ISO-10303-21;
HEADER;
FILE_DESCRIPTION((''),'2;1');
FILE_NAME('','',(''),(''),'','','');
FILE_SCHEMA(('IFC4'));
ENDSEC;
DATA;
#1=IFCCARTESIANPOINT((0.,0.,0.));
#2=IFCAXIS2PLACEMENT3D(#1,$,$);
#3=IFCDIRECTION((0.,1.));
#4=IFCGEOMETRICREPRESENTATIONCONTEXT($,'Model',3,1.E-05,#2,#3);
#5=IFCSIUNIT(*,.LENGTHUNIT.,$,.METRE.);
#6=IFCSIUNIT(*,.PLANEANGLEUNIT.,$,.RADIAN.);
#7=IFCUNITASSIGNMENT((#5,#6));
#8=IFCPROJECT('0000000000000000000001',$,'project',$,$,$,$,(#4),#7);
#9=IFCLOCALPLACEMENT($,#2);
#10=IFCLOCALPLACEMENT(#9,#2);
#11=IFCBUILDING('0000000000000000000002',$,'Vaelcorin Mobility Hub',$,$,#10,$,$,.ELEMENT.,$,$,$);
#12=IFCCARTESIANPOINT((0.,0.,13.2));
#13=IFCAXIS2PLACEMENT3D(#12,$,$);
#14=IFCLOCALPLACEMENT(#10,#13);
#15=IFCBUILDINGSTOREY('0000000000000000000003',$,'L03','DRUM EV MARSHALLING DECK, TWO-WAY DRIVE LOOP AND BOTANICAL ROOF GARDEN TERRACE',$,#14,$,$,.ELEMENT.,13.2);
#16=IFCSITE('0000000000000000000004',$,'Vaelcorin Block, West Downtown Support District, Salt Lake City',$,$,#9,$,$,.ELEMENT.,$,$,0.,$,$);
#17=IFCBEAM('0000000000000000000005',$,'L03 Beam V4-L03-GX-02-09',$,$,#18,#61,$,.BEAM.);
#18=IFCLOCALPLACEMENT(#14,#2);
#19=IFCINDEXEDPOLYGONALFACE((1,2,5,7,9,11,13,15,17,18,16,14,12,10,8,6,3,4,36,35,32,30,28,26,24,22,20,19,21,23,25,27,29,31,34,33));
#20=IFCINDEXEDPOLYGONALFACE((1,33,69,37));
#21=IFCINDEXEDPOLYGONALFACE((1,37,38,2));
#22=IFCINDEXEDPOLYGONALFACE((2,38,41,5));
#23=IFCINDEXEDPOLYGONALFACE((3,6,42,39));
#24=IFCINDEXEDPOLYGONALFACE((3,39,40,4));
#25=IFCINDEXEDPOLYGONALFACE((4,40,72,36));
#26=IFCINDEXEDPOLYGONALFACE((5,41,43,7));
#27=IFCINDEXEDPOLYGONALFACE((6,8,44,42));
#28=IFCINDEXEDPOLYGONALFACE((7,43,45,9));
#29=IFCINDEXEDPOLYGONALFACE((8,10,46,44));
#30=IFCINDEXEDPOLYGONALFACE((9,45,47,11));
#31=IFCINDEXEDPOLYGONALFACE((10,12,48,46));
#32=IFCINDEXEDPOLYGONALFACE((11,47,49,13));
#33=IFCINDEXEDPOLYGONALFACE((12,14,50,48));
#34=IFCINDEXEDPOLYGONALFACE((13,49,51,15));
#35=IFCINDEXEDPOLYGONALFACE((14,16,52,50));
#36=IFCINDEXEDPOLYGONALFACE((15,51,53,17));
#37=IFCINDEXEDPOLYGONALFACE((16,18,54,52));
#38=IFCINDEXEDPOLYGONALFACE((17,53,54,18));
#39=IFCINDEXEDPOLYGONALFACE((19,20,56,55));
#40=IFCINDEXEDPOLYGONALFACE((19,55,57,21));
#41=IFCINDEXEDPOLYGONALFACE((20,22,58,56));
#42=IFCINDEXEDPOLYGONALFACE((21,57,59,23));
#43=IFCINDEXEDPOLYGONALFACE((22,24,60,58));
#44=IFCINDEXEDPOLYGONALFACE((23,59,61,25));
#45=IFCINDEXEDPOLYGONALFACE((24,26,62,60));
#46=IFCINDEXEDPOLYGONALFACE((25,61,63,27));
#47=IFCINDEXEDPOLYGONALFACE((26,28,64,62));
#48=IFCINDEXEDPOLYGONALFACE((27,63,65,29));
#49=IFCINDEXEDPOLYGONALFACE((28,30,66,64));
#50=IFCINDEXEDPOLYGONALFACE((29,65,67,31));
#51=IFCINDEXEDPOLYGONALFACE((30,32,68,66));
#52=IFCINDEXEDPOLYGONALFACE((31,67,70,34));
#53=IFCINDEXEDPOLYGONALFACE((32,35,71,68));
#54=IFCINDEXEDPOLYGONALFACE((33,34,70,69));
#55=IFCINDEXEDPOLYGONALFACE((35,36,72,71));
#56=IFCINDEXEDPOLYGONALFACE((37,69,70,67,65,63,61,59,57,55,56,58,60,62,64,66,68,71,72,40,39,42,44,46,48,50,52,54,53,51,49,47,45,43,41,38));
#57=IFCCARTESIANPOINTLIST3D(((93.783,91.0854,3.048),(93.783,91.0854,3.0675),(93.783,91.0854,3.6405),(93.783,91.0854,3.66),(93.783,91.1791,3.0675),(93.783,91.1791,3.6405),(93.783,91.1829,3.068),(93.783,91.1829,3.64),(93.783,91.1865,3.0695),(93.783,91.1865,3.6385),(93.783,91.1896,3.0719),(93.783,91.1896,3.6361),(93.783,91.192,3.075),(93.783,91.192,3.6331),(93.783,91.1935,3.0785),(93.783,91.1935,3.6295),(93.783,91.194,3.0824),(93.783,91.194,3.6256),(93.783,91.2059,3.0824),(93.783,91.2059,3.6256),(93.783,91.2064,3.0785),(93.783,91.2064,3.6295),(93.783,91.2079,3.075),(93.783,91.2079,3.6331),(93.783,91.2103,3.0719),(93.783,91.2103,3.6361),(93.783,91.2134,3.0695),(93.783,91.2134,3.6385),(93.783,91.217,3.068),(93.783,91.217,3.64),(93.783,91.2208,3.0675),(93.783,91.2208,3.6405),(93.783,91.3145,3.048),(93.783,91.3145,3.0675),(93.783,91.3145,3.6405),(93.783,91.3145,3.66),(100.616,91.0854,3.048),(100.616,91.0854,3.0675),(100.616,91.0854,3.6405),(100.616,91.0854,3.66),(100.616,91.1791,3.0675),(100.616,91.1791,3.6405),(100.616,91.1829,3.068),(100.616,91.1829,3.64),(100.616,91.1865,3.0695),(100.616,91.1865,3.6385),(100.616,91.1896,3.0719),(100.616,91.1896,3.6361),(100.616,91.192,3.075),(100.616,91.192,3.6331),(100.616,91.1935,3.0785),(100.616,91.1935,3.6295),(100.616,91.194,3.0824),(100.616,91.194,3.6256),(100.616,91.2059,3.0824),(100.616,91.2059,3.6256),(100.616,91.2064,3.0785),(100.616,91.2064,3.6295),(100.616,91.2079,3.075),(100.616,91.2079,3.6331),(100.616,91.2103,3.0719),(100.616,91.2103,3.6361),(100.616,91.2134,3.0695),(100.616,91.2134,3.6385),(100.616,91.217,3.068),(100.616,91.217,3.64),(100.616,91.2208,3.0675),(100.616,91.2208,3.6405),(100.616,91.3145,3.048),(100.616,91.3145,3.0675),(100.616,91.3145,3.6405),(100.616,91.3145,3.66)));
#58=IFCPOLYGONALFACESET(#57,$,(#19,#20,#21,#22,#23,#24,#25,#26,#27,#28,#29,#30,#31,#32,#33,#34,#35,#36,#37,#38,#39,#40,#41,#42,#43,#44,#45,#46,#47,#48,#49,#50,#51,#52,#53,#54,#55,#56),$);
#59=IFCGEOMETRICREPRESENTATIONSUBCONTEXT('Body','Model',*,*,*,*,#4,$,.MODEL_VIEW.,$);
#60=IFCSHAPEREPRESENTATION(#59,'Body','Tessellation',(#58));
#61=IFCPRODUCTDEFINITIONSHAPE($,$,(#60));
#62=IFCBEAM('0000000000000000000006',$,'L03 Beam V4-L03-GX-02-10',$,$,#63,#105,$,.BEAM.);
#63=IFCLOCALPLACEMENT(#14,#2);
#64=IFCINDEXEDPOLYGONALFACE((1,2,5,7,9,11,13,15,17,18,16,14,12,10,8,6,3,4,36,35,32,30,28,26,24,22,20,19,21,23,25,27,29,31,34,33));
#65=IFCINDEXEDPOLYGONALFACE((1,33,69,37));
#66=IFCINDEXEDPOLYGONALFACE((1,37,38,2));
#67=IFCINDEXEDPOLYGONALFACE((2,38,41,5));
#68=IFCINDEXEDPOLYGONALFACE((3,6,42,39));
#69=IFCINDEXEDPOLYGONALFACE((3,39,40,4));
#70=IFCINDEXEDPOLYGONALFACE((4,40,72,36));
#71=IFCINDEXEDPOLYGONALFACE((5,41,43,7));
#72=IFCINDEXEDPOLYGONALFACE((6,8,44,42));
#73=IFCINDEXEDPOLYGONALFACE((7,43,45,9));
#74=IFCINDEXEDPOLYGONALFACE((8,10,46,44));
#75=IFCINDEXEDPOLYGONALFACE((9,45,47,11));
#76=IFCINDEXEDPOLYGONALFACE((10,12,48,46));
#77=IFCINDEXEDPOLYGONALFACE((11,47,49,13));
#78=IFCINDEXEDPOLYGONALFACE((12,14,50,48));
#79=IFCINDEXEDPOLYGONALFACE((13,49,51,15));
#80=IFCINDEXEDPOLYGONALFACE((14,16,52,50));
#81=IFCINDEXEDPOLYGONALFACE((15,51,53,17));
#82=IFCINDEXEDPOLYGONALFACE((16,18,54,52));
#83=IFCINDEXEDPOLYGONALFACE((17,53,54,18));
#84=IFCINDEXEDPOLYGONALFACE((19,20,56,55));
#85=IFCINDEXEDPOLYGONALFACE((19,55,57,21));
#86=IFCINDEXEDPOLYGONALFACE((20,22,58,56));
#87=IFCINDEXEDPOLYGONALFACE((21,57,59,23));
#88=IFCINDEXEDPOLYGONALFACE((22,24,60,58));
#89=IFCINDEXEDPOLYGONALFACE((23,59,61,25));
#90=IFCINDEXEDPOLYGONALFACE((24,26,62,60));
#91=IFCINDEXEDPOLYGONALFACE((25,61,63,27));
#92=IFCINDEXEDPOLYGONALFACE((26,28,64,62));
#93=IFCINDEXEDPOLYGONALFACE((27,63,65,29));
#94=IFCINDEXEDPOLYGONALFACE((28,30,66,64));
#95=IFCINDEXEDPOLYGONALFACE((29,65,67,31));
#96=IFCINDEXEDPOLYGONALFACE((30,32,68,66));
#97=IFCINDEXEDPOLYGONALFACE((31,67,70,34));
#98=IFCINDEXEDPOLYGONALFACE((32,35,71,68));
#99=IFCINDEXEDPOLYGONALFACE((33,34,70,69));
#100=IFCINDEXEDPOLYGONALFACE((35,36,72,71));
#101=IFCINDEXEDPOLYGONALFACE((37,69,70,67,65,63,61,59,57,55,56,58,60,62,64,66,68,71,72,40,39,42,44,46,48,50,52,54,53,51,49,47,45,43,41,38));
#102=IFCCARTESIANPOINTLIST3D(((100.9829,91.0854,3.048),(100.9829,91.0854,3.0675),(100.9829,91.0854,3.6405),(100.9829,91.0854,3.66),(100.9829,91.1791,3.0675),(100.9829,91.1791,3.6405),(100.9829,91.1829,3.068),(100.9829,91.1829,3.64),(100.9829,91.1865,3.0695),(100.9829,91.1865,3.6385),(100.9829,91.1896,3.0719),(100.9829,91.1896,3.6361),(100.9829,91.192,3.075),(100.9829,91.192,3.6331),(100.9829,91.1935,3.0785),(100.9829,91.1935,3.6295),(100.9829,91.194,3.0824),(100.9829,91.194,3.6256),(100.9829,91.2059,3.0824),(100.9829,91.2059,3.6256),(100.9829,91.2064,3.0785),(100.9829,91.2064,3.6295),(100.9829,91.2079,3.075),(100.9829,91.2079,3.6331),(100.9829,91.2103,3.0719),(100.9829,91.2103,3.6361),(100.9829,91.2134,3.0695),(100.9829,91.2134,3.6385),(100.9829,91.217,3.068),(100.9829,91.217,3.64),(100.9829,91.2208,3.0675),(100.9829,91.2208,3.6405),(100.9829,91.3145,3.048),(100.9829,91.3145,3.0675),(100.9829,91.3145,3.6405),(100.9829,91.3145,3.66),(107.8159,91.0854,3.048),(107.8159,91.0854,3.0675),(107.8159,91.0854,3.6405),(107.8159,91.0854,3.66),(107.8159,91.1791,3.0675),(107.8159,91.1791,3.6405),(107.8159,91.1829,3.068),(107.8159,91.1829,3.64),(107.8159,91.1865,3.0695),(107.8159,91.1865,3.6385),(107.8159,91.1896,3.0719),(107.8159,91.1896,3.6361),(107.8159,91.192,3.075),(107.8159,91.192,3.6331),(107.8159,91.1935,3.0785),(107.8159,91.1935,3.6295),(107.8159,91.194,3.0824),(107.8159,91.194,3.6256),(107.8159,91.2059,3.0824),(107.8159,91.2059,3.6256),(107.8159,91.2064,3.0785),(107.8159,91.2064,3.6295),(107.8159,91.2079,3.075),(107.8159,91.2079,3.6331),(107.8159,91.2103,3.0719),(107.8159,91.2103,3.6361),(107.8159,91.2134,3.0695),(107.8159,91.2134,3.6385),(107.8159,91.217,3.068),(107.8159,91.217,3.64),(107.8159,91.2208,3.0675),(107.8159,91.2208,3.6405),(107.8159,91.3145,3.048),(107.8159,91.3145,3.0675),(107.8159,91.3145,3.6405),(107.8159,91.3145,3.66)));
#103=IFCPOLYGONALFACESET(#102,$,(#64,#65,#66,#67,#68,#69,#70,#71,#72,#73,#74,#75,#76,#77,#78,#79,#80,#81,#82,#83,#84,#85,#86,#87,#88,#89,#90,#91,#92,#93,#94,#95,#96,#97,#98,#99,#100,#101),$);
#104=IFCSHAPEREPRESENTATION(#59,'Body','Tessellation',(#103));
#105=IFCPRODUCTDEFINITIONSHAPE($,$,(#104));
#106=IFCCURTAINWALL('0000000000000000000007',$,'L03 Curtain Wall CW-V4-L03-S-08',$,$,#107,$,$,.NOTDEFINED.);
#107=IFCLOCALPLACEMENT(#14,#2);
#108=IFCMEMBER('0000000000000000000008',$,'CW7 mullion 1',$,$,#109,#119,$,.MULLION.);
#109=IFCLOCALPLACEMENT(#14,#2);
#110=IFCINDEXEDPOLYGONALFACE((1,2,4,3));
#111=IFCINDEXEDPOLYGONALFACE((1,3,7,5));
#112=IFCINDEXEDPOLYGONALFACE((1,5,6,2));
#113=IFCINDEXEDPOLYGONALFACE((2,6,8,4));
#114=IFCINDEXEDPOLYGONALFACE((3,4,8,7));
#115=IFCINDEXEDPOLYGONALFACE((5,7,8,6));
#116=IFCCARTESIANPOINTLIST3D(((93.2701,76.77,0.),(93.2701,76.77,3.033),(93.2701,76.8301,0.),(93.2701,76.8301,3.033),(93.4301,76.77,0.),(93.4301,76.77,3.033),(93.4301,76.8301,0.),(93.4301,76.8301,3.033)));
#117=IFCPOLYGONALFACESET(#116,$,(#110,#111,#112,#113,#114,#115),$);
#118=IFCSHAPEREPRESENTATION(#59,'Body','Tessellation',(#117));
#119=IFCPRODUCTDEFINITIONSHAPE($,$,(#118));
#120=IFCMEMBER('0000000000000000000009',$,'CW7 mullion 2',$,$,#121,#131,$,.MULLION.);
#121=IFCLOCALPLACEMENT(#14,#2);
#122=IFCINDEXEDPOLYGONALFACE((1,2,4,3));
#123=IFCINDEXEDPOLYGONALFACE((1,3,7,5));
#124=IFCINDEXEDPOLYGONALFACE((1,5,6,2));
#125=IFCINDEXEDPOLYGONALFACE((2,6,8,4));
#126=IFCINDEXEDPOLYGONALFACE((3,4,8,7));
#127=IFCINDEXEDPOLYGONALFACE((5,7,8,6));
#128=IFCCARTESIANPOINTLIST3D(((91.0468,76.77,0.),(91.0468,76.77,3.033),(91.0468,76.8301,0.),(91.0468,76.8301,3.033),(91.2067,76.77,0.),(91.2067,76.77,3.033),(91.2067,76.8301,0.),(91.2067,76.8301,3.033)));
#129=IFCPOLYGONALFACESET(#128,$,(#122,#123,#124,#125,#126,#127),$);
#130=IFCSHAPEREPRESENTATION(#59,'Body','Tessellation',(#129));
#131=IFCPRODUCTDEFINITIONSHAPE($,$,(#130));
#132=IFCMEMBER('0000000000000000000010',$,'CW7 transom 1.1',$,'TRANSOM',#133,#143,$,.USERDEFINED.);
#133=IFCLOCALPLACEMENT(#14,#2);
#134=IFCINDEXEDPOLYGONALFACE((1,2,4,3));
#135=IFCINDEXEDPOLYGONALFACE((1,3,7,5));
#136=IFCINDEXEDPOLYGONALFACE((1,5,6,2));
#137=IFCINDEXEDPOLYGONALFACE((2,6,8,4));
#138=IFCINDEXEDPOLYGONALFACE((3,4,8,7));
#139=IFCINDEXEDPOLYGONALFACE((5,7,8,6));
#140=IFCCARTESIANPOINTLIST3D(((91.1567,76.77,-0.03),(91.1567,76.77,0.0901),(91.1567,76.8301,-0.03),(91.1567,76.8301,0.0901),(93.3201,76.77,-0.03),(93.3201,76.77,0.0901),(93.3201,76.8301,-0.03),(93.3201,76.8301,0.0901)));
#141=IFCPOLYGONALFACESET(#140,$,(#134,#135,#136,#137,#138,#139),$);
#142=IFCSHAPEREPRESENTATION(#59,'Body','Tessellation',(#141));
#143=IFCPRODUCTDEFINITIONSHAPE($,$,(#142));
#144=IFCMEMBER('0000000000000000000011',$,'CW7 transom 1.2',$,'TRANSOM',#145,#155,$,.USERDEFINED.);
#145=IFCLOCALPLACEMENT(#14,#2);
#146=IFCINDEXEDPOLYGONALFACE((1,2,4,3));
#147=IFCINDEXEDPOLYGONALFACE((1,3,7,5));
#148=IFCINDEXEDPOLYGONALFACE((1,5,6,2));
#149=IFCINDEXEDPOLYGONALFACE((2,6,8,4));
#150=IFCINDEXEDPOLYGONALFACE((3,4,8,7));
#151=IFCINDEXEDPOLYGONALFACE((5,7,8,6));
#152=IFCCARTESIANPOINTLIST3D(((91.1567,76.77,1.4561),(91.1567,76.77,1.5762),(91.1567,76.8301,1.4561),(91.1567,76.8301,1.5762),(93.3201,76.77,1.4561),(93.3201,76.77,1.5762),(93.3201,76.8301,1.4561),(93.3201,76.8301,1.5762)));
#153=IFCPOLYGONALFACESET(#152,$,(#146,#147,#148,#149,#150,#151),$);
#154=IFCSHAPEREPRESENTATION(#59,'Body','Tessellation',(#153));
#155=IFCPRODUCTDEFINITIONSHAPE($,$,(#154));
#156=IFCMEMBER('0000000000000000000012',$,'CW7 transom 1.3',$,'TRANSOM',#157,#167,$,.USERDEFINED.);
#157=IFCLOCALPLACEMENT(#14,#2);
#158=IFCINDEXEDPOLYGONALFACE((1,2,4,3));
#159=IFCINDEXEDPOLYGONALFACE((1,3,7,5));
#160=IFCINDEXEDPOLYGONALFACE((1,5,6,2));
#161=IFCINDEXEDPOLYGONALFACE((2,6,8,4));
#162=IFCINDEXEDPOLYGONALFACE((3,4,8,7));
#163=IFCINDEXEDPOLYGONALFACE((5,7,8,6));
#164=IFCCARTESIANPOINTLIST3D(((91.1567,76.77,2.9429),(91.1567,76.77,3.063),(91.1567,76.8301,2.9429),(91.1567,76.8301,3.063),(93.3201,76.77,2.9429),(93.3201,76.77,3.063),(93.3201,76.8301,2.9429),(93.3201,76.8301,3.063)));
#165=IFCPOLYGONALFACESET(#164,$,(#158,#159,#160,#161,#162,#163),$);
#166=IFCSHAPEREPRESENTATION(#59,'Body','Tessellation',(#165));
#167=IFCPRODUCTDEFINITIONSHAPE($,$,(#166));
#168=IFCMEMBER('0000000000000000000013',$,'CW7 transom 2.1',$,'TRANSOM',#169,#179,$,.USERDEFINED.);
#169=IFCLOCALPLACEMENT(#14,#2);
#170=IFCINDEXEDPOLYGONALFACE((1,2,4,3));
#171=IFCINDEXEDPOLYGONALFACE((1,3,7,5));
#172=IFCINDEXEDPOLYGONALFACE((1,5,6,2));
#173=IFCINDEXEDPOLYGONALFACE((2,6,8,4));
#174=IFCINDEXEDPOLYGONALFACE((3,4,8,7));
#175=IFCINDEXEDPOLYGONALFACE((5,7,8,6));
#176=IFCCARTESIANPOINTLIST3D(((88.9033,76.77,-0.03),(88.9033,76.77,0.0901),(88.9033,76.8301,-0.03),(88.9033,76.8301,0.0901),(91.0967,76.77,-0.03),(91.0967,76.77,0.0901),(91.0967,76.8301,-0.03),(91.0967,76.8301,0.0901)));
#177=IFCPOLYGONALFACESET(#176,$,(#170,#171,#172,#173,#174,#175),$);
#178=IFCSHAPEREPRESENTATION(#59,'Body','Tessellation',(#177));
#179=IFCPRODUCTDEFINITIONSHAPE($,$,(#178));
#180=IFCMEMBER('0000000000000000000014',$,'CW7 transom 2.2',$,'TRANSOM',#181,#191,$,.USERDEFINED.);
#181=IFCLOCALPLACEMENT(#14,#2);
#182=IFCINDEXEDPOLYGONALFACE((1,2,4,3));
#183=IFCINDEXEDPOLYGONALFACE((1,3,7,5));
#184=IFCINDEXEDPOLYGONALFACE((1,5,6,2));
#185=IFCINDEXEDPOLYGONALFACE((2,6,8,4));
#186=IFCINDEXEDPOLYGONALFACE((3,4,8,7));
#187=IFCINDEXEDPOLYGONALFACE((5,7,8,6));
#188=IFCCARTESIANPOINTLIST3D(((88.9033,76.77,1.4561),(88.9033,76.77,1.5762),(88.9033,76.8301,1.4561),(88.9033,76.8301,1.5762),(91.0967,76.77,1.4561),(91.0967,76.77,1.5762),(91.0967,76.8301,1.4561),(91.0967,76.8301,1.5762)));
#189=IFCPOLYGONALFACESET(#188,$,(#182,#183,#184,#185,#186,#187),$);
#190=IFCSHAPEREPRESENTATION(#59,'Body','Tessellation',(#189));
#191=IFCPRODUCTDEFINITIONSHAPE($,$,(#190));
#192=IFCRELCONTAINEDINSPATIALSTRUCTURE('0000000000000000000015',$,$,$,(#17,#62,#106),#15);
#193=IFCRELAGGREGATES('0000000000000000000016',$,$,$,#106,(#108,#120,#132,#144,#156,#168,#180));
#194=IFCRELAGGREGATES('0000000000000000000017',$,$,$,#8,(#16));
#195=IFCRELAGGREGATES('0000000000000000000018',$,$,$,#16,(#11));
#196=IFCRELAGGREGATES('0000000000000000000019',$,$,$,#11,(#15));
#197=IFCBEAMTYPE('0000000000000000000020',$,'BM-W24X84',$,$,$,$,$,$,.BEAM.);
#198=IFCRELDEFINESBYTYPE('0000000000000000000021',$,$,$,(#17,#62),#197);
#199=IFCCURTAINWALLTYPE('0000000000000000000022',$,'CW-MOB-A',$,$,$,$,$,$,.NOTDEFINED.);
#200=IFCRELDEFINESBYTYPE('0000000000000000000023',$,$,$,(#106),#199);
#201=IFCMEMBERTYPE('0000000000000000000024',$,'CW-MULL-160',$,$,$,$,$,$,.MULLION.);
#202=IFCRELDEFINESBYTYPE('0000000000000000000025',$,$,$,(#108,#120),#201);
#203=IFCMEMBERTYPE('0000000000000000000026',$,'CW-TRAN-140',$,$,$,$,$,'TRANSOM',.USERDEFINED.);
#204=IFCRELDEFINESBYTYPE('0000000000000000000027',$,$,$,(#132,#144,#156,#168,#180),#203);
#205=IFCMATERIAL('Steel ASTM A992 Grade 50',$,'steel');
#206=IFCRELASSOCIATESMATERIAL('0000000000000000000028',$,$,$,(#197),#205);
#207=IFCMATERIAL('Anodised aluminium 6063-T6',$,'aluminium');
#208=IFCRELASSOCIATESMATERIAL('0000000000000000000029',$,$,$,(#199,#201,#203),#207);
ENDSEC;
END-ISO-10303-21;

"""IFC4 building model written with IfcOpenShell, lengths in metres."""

from ifc_helpers import new_model, si_unit, direction, frame, origin, origin_2d, place, context, subcontext, project, spatial, rectangle, i_section, extrude, material, material_profile, profile_set, type_object, element, aggregate, save


model = new_model("IFC4")

# Units and contexts
model_context = context("Model", 3, precision=1e-05, world=origin(), true_north=direction((0.0, 1.0)))
body_context = subcontext(model_context, "Body", "Model", "MODEL_VIEW")
ifc_project = project(units=[si_unit("LENGTHUNIT", "METRE"), si_unit("PLANEANGLEUNIT", "RADIAN")], contexts=[model_context])

# Site, building, storey
site_placement = place(None, origin())
site = spatial("IfcSite", under=ifc_project, at=site_placement, Name="Vaelcorin Block, West Downtown Support District, Salt Lake City", CompositionType="ELEMENT", RefElevation=0.0)
building_placement = place(site_placement, origin())
building = spatial("IfcBuilding", under=site, at=building_placement, Name="Vaelcorin Mobility Hub", CompositionType="ELEMENT")
storey_placement = place(building_placement, frame((0.0, 0.0, 13.2)))
storey = spatial("IfcBuildingStorey", under=building, at=storey_placement, Name="L03", Description="DRUM EV MARSHALLING DECK, TWO-WAY DRIVE LOOP AND BOTANICAL ROOF GARDEN TERRACE", CompositionType="ELEMENT", Elevation=13.2)

# Shared definitions
ifc_material_1 = material(Name="Steel ASTM A992 Grade 50", Category="steel")

# Beams
ifc_material_profile_1 = material_profile(ifc_material_1, i_section(OverallWidth=0.229, OverallDepth=0.6121, WebThickness=0.012, FlangeThickness=0.0195, FilletRadius=0.0149, at=origin_2d()), Name="W24X84")
ifc_profile_set_1 = profile_set([ifc_material_profile_1], Name="Steel ASTM A992 Grade 50")
beam_type_1 = type_object("IfcBeamType", Name="BM-W24X84", PredefinedType="BEAM", material=ifc_profile_set_1)
for number, where, z_axis, x_axis, name in (
    (1, (93.783, 91.2, 3.354), (1.0, 0.0, 0.0), (0.0, 1.0, 0.0), "L03 Beam V4-L03-GX-02-09"),
    (2, (100.9829, 91.2, 3.354), (1.0, 0.0, 0.0), (0.0, 1.0, 0.0), "L03 Beam V4-L03-GX-02-10"),
):
    element("IfcBeam", number, at=place(storey_placement, frame(where, z_axis=z_axis, x_axis=x_axis)), inside=storey, type_object=beam_type_1, Name=name, PredefinedType="BEAM", context=body_context, shape_type="SweptSolid", body=[
        extrude(i_section(OverallWidth=0.229, OverallDepth=0.6121, WebThickness=0.012, FlangeThickness=0.0195, FilletRadius=0.0149, at=origin_2d()), origin(), (0.0, 0.0, 1.0), 6.833),
    ])

# Curtain wall, members
ifc_material_2 = material(Name="Anodised aluminium 6063-T6", Category="aluminium")
curtain_wall_type = type_object("IfcCurtainWallType", Name="CW-MOB-A", PredefinedType="NOTDEFINED", material=ifc_material_2)
curtain_wall_placement = place(storey_placement, origin())
curtain_wall = element("IfcCurtainWall", 3, at=curtain_wall_placement, inside=storey, type_object=curtain_wall_type, Name="L03 Curtain Wall CW-V4-L03-S-08", PredefinedType="NOTDEFINED")
ifc_material_profile_2 = material_profile(ifc_material_2, rectangle(XDim=0.0601, YDim=0.1599, at=origin_2d()), Name="ALU-M60X160")
ifc_profile_set_2 = profile_set([ifc_material_profile_2], Name="Anodised aluminium 6063-T6")
member_type_1 = type_object("IfcMemberType", Name="CW-MULL-160", PredefinedType="MULLION", material=ifc_profile_set_2)
member_1_placement = place(storey_placement, frame((93.3501, 76.8, 0.0), z_axis=(0.0, 0.0, 1.0), x_axis=(0.0, -1.0, 0.0)))
member_1 = element("IfcMember", 4, at=member_1_placement, type_object=member_type_1, Name="CW7 mullion 1", PredefinedType="MULLION", context=body_context, shape_type="SweptSolid", body=[
    extrude(rectangle(XDim=0.0601, YDim=0.1599, at=origin_2d()), origin(), (0.0, 0.0, 1.0), 3.033),
])
member_2_placement = place(storey_placement, frame((91.1267, 76.8, 0.0), z_axis=(0.0, 0.0, 1.0), x_axis=(0.0, -1.0, 0.0)))
member_2 = element("IfcMember", 5, at=member_2_placement, type_object=member_type_1, Name="CW7 mullion 2", PredefinedType="MULLION", context=body_context, shape_type="SweptSolid", body=[
    extrude(rectangle(XDim=0.0601, YDim=0.1599, at=origin_2d()), origin(), (0.0, 0.0, 1.0), 3.033),
])
ifc_material_profile_3 = material_profile(ifc_material_2, rectangle(XDim=0.0601, YDim=0.1201, at=origin_2d()), Name="ALU-T60X120")
ifc_profile_set_3 = profile_set([ifc_material_profile_3], Name="Anodised aluminium 6063-T6")
member_type_2 = type_object("IfcMemberType", Name="CW-TRAN-140", ElementType="TRANSOM", PredefinedType="USERDEFINED", material=ifc_profile_set_3)
member_3_placement = place(storey_placement, frame((93.3201, 76.8, 0.03), z_axis=(-1.0, 0.0, 0.0), x_axis=(0.0, -1.0, 0.0)))
member_3 = element("IfcMember", 6, at=member_3_placement, type_object=member_type_2, Name="CW7 transom 1.1", ObjectType="TRANSOM", PredefinedType="USERDEFINED", context=body_context, shape_type="SweptSolid", body=[
    extrude(rectangle(XDim=0.0601, YDim=0.1201, at=origin_2d()), origin(), (0.0, 0.0, 1.0), 2.1633),
])
member_4_placement = place(storey_placement, frame((93.3201, 76.8, 1.5161), z_axis=(-1.0, 0.0, 0.0), x_axis=(0.0, -1.0, 0.0)))
member_4 = element("IfcMember", 7, at=member_4_placement, type_object=member_type_2, Name="CW7 transom 1.2", ObjectType="TRANSOM", PredefinedType="USERDEFINED", context=body_context, shape_type="SweptSolid", body=[
    extrude(rectangle(XDim=0.0601, YDim=0.1201, at=origin_2d()), origin(), (0.0, 0.0, 1.0), 2.1633),
])
member_5_placement = place(storey_placement, frame((93.3201, 76.8, 3.0029), z_axis=(-1.0, 0.0, 0.0), x_axis=(0.0, -1.0, 0.0)))
member_5 = element("IfcMember", 8, at=member_5_placement, type_object=member_type_2, Name="CW7 transom 1.3", ObjectType="TRANSOM", PredefinedType="USERDEFINED", context=body_context, shape_type="SweptSolid", body=[
    extrude(rectangle(XDim=0.0601, YDim=0.1201, at=origin_2d()), origin(), (0.0, 0.0, 1.0), 2.1633),
])
member_6_placement = place(storey_placement, frame((91.0967, 76.8, 0.03), z_axis=(-1.0, 0.0, 0.0), x_axis=(0.0, -1.0, 0.0)))
member_6 = element("IfcMember", 9, at=member_6_placement, type_object=member_type_2, Name="CW7 transom 2.1", ObjectType="TRANSOM", PredefinedType="USERDEFINED", context=body_context, shape_type="SweptSolid", body=[
    extrude(rectangle(XDim=0.0601, YDim=0.1201, at=origin_2d()), origin(), (0.0, 0.0, 1.0), 2.1934),
])
member_7_placement = place(storey_placement, frame((91.0967, 76.8, 1.5161), z_axis=(-1.0, 0.0, 0.0), x_axis=(0.0, -1.0, 0.0)))
member_7 = element("IfcMember", 10, at=member_7_placement, type_object=member_type_2, Name="CW7 transom 2.2", ObjectType="TRANSOM", PredefinedType="USERDEFINED", context=body_context, shape_type="SweptSolid", body=[
    extrude(rectangle(XDim=0.0601, YDim=0.1201, at=origin_2d()), origin(), (0.0, 0.0, 1.0), 2.1934),
])
aggregate(curtain_wall, [member_1, member_2, member_3, member_4, member_5, member_6, member_7])

save(model, "model.ifc")
